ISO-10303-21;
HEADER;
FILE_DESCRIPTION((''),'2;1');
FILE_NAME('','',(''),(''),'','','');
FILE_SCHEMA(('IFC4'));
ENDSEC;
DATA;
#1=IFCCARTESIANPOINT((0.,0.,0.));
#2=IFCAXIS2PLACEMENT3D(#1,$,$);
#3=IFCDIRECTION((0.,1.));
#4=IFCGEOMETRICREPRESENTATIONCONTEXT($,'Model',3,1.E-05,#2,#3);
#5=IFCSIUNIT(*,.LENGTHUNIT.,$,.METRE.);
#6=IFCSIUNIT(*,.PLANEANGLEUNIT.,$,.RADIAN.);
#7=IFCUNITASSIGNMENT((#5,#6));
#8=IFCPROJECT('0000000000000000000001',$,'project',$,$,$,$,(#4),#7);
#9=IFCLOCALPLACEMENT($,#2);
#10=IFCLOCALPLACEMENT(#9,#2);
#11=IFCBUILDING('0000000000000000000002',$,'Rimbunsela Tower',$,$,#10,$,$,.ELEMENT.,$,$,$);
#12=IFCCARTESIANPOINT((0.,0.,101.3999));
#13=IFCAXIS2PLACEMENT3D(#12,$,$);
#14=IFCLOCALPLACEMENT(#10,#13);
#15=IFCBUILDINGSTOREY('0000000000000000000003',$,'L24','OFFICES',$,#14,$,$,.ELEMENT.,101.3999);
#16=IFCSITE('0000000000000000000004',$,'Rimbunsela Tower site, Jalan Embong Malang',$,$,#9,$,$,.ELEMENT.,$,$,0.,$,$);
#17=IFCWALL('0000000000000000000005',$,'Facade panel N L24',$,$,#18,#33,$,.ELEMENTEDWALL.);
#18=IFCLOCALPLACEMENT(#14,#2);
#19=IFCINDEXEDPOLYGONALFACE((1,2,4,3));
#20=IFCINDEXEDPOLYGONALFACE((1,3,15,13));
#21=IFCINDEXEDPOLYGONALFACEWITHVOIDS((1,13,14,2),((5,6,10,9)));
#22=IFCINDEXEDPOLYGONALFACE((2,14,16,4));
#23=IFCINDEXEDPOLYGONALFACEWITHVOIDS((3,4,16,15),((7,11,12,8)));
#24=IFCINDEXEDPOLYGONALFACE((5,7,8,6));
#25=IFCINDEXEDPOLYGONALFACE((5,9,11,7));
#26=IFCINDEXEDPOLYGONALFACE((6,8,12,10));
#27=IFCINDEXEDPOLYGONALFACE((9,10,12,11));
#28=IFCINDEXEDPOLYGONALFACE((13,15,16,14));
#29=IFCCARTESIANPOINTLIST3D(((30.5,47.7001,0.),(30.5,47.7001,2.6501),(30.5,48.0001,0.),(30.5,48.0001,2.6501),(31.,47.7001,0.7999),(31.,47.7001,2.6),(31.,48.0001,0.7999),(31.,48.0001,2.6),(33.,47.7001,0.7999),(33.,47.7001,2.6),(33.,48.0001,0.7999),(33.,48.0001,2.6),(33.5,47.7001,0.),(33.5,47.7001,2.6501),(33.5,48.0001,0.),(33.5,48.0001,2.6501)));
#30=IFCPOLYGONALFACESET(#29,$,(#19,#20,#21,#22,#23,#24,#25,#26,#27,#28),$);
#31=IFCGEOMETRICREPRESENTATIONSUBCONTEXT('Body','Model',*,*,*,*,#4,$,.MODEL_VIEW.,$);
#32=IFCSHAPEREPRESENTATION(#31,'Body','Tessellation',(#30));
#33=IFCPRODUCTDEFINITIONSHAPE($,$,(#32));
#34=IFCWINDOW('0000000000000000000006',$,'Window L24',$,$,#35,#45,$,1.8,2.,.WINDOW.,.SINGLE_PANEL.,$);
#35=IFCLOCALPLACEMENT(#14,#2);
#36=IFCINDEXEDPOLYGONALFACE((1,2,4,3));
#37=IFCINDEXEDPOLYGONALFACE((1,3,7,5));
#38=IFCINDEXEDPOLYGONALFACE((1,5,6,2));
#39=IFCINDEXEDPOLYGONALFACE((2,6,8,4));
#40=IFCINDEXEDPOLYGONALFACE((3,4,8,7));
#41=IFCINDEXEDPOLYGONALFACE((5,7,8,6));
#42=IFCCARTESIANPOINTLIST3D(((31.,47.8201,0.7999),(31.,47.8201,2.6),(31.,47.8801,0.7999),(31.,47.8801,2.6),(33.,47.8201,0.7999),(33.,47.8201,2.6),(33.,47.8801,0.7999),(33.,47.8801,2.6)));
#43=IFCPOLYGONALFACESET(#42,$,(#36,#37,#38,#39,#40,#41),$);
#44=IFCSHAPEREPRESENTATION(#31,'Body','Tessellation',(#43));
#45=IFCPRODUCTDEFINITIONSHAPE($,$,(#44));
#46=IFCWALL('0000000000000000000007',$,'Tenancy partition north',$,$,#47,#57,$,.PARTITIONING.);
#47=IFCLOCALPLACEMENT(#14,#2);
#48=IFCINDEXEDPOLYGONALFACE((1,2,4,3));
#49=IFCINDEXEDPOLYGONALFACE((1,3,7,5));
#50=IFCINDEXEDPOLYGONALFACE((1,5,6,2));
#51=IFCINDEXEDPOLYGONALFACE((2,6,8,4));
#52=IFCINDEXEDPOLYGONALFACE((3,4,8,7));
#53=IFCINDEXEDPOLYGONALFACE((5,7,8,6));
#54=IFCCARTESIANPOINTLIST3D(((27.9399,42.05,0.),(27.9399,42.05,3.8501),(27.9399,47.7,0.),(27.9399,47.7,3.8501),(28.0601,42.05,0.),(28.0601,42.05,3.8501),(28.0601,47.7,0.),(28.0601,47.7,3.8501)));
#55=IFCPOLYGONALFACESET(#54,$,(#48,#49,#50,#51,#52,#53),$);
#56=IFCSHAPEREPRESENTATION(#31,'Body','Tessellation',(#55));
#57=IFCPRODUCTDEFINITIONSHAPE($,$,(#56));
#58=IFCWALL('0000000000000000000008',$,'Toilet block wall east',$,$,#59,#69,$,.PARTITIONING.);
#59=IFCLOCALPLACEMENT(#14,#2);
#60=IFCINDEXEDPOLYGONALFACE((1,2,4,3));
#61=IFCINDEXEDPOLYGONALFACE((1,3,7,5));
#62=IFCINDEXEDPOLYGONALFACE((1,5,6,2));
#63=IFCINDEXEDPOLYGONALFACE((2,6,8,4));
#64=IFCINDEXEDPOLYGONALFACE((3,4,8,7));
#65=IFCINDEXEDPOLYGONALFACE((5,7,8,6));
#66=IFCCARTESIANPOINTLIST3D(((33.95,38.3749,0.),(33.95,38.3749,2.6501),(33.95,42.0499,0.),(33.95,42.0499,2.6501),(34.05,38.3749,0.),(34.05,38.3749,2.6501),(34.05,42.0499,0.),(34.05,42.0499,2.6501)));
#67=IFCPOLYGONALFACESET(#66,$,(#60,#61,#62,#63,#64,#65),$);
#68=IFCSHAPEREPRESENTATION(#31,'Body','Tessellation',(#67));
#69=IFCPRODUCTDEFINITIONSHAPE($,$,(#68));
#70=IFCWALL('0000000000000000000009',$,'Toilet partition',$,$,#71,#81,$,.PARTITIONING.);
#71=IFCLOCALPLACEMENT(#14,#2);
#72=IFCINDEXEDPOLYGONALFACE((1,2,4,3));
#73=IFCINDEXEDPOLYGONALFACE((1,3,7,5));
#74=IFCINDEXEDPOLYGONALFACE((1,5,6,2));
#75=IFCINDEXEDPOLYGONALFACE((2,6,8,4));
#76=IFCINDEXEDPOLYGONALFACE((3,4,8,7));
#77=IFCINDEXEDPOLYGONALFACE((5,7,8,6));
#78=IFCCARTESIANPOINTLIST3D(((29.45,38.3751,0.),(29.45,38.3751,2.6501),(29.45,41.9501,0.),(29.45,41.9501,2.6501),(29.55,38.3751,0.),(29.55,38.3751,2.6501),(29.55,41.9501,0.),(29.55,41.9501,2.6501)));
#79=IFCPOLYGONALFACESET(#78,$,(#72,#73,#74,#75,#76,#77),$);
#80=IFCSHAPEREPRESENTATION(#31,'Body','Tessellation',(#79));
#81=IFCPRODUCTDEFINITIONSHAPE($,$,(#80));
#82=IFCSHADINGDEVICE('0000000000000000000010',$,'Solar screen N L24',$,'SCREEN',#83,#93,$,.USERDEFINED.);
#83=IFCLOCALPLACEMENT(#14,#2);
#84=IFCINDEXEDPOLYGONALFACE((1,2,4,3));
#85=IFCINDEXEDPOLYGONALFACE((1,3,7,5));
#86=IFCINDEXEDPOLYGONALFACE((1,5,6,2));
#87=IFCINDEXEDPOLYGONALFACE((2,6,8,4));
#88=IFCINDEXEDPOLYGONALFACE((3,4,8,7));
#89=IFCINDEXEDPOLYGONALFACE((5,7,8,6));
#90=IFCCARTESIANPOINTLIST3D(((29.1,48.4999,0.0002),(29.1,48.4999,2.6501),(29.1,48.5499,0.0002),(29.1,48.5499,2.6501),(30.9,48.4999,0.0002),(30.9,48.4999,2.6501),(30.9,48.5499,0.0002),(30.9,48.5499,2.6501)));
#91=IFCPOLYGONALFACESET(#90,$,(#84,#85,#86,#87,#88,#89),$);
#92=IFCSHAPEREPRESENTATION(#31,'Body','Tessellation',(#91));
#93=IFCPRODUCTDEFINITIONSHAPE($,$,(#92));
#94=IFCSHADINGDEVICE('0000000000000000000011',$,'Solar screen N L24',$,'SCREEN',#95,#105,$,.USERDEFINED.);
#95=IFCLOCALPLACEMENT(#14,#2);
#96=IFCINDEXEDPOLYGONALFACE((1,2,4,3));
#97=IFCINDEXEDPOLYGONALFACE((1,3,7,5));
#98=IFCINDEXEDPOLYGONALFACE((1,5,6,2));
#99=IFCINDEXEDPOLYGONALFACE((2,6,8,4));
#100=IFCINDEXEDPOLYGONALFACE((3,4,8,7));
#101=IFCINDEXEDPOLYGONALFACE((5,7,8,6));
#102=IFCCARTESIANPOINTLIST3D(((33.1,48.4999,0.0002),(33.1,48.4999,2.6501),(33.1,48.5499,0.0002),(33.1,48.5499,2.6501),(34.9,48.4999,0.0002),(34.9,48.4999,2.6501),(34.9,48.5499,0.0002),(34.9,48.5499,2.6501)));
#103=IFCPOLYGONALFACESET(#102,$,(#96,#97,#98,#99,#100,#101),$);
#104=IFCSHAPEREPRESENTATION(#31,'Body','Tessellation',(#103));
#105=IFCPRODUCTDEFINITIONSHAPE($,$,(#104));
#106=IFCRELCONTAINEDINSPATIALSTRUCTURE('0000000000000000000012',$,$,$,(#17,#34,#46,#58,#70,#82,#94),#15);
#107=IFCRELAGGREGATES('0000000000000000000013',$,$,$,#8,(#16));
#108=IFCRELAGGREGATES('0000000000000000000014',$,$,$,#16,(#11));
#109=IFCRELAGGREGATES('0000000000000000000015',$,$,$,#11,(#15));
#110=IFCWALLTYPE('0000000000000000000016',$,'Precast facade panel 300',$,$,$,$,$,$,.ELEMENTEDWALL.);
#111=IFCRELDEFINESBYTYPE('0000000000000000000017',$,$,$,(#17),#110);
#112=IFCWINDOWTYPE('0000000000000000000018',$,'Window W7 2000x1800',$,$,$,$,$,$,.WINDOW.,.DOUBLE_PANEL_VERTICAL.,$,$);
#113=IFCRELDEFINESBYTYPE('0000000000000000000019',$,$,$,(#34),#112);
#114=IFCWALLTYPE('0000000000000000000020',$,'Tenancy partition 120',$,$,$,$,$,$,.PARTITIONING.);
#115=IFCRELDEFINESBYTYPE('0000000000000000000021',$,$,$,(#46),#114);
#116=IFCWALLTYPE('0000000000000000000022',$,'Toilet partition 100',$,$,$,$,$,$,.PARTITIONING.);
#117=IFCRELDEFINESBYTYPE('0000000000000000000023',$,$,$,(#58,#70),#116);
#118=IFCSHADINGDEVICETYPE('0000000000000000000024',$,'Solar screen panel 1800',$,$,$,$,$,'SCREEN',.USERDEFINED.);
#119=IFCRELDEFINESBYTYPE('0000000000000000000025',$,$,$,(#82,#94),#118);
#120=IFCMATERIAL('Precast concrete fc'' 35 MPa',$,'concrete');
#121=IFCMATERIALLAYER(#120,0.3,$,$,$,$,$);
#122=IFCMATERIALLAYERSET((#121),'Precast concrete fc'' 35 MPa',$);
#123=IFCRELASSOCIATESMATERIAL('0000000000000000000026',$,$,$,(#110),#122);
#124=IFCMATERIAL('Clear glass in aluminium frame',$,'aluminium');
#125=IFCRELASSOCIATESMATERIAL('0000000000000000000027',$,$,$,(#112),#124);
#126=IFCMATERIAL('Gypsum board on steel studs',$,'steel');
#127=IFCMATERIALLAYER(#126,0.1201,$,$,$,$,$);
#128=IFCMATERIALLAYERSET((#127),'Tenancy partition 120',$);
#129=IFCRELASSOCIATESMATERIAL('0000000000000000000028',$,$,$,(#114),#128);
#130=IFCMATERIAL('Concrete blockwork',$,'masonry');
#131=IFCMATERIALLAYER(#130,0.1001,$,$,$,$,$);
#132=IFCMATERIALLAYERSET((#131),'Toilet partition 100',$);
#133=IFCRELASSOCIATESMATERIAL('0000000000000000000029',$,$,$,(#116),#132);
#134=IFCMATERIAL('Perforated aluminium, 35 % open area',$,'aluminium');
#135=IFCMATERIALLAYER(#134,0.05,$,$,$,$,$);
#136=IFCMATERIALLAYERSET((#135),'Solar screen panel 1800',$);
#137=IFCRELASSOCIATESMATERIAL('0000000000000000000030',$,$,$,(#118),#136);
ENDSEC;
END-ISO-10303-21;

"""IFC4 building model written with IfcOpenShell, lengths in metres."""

from ifc_helpers import new_model, si_unit, direction, frame, frame_2d, origin, origin_2d, place, context, subcontext, project, spatial, rectangle, extrude, material, layer, layer_set, type_object, element, fill, save


model = new_model("IFC4")

# Units and contexts
model_context = context("Model", 3, precision=1e-05, world=origin(), true_north=direction((0.0, 1.0)))
body_context = subcontext(model_context, "Body", "Model", "MODEL_VIEW")
ifc_project = project(units=[si_unit("LENGTHUNIT", "METRE"), si_unit("PLANEANGLEUNIT", "RADIAN")], contexts=[model_context])

# Site, building, storey
site_placement = place(None, origin())
site = spatial("IfcSite", under=ifc_project, at=site_placement, Name="Rimbunsela Tower site, Jalan Embong Malang", CompositionType="ELEMENT", RefElevation=0.0)
building_placement = place(site_placement, origin())
building = spatial("IfcBuilding", under=site, at=building_placement, Name="Rimbunsela Tower", CompositionType="ELEMENT")
storey_placement = place(building_placement, frame((0.0, 0.0, 101.3999)))
storey = spatial("IfcBuildingStorey", under=building, at=storey_placement, Name="L24", Description="OFFICES", CompositionType="ELEMENT", Elevation=101.3999)

# Shared definitions
ifc_material_1 = material(Name="Precast concrete fc' 35 MPa", Category="concrete")
ifc_layer_1 = layer(ifc_material_1, 0.3)
ifc_layer_set_1 = layer_set([ifc_layer_1], Name="Precast concrete fc' 35 MPa")
wall_type_1 = type_object("IfcWallType", Name="Precast facade panel 300", PredefinedType="ELEMENTEDWALL", material=ifc_layer_set_1)

# Wall, opening, window
wall_1_placement = place(storey_placement, frame((33.5, 47.8501, 0.0), z_axis=(0.0, 0.0, 1.0), x_axis=(-1.0, 0.0, 0.0)))
wall_1 = element("IfcWall", 1, at=wall_1_placement, inside=storey, type_object=wall_type_1, Name="Facade panel N L24", PredefinedType="ELEMENTEDWALL", context=body_context, shape_type="SweptSolid", body=[
    extrude(rectangle(XDim=3.0, YDim=0.3, at=frame_2d((1.5, 0.0))), origin(), (0.0, 0.0, 1.0), 2.6501),
])
opening_1_placement = place(wall_1_placement, frame((0.5, 0.0, 0.8)))
opening_1 = element("IfcOpeningElement", 2, at=opening_1_placement, cuts=wall_1, PredefinedType="OPENING", context=body_context, shape_type="SweptSolid", body=[
    extrude(rectangle(XDim=2.0, YDim=1.8, at=frame_2d((1.0, 0.8999))), frame((0.0, 0.1599, 0.0), z_axis=(0.0, -1.0, 0.0), x_axis=(1.0, 0.0, 0.0)), (0.0, 0.0, 1.0), 0.3201),
])
ifc_material_2 = material(Name="Clear glass in aluminium frame", Category="aluminium")
window_type_1 = type_object("IfcWindowType", Name="Window W7 2000x1800", PartitioningType="DOUBLE_PANEL_VERTICAL", PredefinedType="WINDOW", material=ifc_material_2)
window_1_placement = place(opening_1_placement, origin())
window_1 = element("IfcWindow", 3, at=window_1_placement, inside=storey, type_object=window_type_1, Name="Window L24", OverallHeight=1.8, OverallWidth=2.0, PartitioningType="SINGLE_PANEL", PredefinedType="WINDOW", context=body_context, shape_type="SweptSolid", body=[
    extrude(rectangle(XDim=2.0, YDim=1.8, at=frame_2d((1.0, 0.8999))), frame((0.0, 0.03, 0.0), z_axis=(0.0, -1.0, 0.0), x_axis=(1.0, 0.0, 0.0)), (0.0, 0.0, 1.0), 0.0601),
])
fill(opening_1, window_1)

# Walls
ifc_material_3 = material(Name="Gypsum board on steel studs", Category="steel")
ifc_layer_2 = layer(ifc_material_3, 0.1201)
ifc_layer_set_2 = layer_set([ifc_layer_2], Name="Tenancy partition 120")
wall_type_2 = type_object("IfcWallType", Name="Tenancy partition 120", PredefinedType="PARTITIONING", material=ifc_layer_set_2)
wall_2_placement = place(storey_placement, frame((28.0, 42.05, 0.0), z_axis=(0.0, 0.0, 1.0), x_axis=(0.0, 1.0, 0.0)))
element("IfcWall", 4, at=wall_2_placement, inside=storey, type_object=wall_type_2, Name="Tenancy partition north", PredefinedType="PARTITIONING", context=body_context, shape_type="SweptSolid", body=[
    extrude(rectangle(XDim=5.6499, YDim=0.1201, at=frame_2d((2.825, 0.0))), origin(), (0.0, 0.0, 1.0), 3.8501),
])
ifc_material_4 = material(Name="Concrete blockwork", Category="masonry")
ifc_layer_3 = layer(ifc_material_4, 0.1001)
ifc_layer_set_3 = layer_set([ifc_layer_3], Name="Toilet partition 100")
wall_type_3 = type_object("IfcWallType", Name="Toilet partition 100", PredefinedType="PARTITIONING", material=ifc_layer_set_3)
wall_3_placement = place(storey_placement, frame((34.0, 38.375, 0.0), z_axis=(0.0, 0.0, 1.0), x_axis=(0.0, 1.0, 0.0)))
element("IfcWall", 5, at=wall_3_placement, inside=storey, type_object=wall_type_3, Name="Toilet block wall east", PredefinedType="PARTITIONING", context=body_context, shape_type="SweptSolid", body=[
    extrude(rectangle(XDim=3.675, YDim=0.1001, at=frame_2d((1.8374, 0.0))), origin(), (0.0, 0.0, 1.0), 2.6501),
])
wall_4_placement = place(storey_placement, frame((29.5, 38.375, 0.0), z_axis=(0.0, 0.0, 1.0), x_axis=(0.0, 1.0, 0.0)))
element("IfcWall", 6, at=wall_4_placement, inside=storey, type_object=wall_type_3, Name="Toilet partition", PredefinedType="PARTITIONING", context=body_context, shape_type="SweptSolid", body=[
    extrude(rectangle(XDim=3.575, YDim=0.1001, at=frame_2d((1.7876, 0.0))), origin(), (0.0, 0.0, 1.0), 2.6501),
])

# Shading devices
ifc_material_5 = material(Name="Perforated aluminium, 35 % open area", Category="aluminium")
ifc_layer_4 = layer(ifc_material_5, 0.05)
ifc_layer_set_4 = layer_set([ifc_layer_4], Name="Solar screen panel 1800")
shading_device_type = type_object("IfcShadingDeviceType", Name="Solar screen panel 1800", ElementType="SCREEN", PredefinedType="USERDEFINED", material=ifc_layer_set_4)
for number, where, z_axis, x_axis, name in (
    (7, (30.0, 48.5249, 0.0002), (0.0, 0.0, 1.0), (1.0, 0.0, 0.0), "Solar screen N L24"),
    (8, (34.0, 48.5249, 0.0002), (0.0, 0.0, 1.0), (1.0, 0.0, 0.0), "Solar screen N L24"),
):
    element("IfcShadingDevice", number, at=place(storey_placement, frame(where, z_axis=z_axis, x_axis=x_axis)), inside=storey, type_object=shading_device_type, Name=name, ObjectType="SCREEN", PredefinedType="USERDEFINED", context=body_context, shape_type="SweptSolid", body=[
        extrude(rectangle(XDim=1.8, YDim=0.05, at=origin_2d()), origin(), (0.0, 0.0, 1.0), 2.6499),
    ])

save(model, "model.ifc")
